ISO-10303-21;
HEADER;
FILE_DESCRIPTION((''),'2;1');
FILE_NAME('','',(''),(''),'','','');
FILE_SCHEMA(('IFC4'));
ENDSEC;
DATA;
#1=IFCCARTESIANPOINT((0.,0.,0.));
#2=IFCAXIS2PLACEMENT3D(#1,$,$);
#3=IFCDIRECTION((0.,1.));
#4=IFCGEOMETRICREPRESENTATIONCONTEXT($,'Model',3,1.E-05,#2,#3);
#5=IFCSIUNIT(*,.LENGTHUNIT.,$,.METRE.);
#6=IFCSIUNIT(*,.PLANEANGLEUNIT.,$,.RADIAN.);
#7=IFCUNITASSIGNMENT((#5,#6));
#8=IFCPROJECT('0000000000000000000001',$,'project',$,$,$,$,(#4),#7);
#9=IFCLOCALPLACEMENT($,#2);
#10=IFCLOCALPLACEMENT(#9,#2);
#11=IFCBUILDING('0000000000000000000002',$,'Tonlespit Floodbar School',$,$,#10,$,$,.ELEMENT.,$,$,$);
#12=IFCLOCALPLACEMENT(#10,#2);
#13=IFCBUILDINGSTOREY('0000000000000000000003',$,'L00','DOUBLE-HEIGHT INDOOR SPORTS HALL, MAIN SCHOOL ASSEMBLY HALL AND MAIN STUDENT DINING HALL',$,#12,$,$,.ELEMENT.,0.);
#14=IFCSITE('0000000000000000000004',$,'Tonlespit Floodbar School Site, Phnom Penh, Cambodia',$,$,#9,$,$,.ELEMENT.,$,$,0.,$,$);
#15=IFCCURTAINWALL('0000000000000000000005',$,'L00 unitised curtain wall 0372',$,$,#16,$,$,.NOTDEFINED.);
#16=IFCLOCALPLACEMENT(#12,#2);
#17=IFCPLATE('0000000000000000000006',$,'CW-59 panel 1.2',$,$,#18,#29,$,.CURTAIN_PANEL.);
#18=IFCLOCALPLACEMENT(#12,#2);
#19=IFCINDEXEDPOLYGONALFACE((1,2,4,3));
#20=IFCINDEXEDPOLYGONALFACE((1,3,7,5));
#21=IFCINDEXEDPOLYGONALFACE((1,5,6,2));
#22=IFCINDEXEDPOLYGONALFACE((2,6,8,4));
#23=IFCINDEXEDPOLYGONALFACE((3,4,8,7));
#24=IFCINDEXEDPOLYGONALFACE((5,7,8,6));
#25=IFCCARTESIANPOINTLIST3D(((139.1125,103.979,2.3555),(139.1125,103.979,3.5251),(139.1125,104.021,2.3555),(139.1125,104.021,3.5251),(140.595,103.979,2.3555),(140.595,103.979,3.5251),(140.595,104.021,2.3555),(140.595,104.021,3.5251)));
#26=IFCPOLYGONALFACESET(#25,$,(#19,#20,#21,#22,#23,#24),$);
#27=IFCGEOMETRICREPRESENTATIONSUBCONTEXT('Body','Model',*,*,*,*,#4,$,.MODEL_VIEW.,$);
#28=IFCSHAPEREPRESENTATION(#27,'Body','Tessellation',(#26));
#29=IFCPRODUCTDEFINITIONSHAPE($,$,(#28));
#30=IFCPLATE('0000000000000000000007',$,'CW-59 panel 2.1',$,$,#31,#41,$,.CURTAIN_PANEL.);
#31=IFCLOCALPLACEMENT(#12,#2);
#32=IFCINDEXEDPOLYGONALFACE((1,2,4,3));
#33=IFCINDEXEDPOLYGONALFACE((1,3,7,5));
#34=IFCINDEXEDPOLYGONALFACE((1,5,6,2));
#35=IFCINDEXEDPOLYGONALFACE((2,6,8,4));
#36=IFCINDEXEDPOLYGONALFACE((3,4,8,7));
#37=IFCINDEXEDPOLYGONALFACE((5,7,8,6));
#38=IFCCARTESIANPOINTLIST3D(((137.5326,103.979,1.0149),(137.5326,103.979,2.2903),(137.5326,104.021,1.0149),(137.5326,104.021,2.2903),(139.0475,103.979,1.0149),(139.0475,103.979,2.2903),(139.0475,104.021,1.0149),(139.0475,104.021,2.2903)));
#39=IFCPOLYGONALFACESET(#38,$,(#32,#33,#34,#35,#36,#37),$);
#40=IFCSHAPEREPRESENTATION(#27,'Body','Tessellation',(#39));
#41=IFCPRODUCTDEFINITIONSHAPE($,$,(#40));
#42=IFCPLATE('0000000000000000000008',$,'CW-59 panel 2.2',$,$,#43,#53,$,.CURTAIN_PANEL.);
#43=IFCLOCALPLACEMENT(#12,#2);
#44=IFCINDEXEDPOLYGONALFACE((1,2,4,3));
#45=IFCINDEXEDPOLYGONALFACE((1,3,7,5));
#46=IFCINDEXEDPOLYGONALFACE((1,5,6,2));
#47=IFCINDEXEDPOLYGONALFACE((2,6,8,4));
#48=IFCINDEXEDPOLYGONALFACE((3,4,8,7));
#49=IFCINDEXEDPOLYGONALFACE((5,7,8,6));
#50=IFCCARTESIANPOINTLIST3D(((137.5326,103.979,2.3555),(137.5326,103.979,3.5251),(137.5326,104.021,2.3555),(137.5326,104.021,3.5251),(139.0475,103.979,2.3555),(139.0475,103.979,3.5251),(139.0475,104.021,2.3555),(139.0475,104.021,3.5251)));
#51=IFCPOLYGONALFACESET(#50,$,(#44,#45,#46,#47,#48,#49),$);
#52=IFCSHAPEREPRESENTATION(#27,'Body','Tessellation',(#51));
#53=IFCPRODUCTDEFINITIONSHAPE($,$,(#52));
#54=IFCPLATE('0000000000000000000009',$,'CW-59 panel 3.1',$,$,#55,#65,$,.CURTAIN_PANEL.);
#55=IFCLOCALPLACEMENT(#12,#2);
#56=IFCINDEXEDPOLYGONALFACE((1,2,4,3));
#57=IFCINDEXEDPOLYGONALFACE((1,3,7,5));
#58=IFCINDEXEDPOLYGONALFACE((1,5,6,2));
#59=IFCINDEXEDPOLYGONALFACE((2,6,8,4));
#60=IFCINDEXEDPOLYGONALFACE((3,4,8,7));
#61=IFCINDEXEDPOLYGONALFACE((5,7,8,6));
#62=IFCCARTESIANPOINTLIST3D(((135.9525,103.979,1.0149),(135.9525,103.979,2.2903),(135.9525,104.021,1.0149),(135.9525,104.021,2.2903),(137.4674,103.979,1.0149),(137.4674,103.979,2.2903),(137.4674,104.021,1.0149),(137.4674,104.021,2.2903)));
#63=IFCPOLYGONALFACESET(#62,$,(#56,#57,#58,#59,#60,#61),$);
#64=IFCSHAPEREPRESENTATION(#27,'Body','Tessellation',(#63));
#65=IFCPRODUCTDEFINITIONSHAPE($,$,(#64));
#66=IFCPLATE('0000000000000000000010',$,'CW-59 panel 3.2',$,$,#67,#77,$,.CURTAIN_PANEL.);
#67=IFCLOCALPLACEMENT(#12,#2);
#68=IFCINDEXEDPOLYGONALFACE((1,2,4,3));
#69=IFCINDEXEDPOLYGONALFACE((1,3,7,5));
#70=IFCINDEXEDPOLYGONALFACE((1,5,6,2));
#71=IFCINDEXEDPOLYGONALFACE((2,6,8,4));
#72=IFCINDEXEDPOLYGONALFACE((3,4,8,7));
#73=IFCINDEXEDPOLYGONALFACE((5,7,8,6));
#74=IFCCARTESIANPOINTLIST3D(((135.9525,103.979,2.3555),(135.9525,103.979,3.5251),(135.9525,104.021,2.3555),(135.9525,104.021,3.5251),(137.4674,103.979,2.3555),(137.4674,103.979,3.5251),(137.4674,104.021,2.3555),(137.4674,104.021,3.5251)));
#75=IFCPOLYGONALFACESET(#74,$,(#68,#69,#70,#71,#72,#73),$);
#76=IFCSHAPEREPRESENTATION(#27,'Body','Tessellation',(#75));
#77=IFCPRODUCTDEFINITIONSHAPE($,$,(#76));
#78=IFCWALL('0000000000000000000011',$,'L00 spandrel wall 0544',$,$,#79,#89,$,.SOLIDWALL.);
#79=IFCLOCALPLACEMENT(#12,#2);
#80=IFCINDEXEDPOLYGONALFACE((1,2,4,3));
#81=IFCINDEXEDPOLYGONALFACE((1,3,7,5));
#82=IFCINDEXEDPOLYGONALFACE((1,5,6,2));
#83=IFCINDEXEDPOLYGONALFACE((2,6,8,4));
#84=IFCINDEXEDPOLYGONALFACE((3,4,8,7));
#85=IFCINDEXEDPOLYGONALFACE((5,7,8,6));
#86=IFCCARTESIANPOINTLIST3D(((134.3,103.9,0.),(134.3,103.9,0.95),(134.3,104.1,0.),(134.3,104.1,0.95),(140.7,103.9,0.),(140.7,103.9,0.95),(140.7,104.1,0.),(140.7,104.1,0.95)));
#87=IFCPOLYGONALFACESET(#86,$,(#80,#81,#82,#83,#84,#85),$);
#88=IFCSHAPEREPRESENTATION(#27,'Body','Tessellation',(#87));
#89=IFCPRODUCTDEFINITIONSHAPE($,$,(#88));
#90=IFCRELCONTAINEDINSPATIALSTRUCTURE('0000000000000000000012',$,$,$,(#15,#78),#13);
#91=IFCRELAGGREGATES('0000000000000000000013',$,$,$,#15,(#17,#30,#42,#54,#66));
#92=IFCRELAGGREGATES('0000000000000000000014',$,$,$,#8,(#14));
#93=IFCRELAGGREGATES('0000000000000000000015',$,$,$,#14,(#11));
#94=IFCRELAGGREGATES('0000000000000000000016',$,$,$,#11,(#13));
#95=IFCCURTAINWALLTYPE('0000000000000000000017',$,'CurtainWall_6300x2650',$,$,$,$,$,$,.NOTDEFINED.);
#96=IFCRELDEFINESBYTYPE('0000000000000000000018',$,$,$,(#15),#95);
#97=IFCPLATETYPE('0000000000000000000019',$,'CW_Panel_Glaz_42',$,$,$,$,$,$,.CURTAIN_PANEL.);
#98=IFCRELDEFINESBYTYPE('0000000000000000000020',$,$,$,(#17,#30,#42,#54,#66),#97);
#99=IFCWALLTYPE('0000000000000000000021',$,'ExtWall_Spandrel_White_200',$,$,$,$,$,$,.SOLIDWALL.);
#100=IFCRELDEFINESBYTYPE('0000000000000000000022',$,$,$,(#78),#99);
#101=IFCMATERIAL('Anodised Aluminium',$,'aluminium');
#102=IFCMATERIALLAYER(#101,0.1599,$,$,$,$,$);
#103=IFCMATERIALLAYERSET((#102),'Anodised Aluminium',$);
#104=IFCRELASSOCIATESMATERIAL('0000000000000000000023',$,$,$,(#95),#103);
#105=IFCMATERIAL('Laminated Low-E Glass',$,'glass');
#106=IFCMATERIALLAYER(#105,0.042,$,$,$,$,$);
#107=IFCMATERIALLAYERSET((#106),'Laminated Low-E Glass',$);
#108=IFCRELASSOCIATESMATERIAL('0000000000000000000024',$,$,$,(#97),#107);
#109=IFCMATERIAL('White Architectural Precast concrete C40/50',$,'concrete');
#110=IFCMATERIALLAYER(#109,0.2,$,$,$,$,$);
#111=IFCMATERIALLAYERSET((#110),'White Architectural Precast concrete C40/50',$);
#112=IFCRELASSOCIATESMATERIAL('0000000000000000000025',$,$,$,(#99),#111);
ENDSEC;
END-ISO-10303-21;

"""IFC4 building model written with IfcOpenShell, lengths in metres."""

from ifc_helpers import new_model, si_unit, direction, frame, frame_2d, origin, origin_2d, place, context, subcontext, project, spatial, rectangle, extrude, material, layer, layer_set, type_object, element, aggregate, save


model = new_model("IFC4")

# Units and contexts
model_context = context("Model", 3, precision=1e-05, world=origin(), true_north=direction((0.0, 1.0)))
body_context = subcontext(model_context, "Body", "Model", "MODEL_VIEW")
ifc_project = project(units=[si_unit("LENGTHUNIT", "METRE"), si_unit("PLANEANGLEUNIT", "RADIAN")], contexts=[model_context])

# Site, building, storey
site_placement = place(None, origin())
site = spatial("IfcSite", under=ifc_project, at=site_placement, Name="Tonlespit Floodbar School Site, Phnom Penh, Cambodia", CompositionType="ELEMENT", RefElevation=0.0)
building_placement = place(site_placement, origin())
building = spatial("IfcBuilding", under=site, at=building_placement, Name="Tonlespit Floodbar School", CompositionType="ELEMENT")
storey_placement = place(building_placement, origin())
storey = spatial("IfcBuildingStorey", under=building, at=storey_placement, Name="L00", Description="DOUBLE-HEIGHT INDOOR SPORTS HALL, MAIN SCHOOL ASSEMBLY HALL AND MAIN STUDENT DINING HALL", CompositionType="ELEMENT", Elevation=0.0)

# Curtain wall
ifc_material_1 = material(Name="Anodised Aluminium", Category="aluminium")
ifc_layer_1 = layer(ifc_material_1, 0.1599)
ifc_layer_set_1 = layer_set([ifc_layer_1], Name="Anodised Aluminium")
curtain_wall_type = type_object("IfcCurtainWallType", Name="CurtainWall_6300x2650", PredefinedType="NOTDEFINED", material=ifc_layer_set_1)
curtain_wall_1_placement = place(storey_placement, origin())
curtain_wall_1 = element("IfcCurtainWall", 1, at=curtain_wall_1_placement, inside=storey, type_object=curtain_wall_type, Name="L00 unitised curtain wall 0372", PredefinedType="NOTDEFINED")

# Plates
ifc_material_2 = material(Name="Laminated Low-E Glass", Category="glass")
ifc_layer_2 = layer(ifc_material_2, 0.042)
ifc_layer_set_2 = layer_set([ifc_layer_2], Name="Laminated Low-E Glass")
plate_type_1 = type_object("IfcPlateType", Name="CW_Panel_Glaz_42", PredefinedType="CURTAIN_PANEL", material=ifc_layer_set_2)
plate_1_placement = place(storey_placement, frame((139.8538, 104.0, 2.3555), z_axis=(0.0, 0.0, 1.0), x_axis=(-1.0, 0.0, 0.0)))
plate_1 = element("IfcPlate", 2, at=plate_1_placement, type_object=plate_type_1, Name="CW-59 panel 1.2", PredefinedType="CURTAIN_PANEL", context=body_context, shape_type="SweptSolid", body=[
    extrude(rectangle(XDim=1.4824, YDim=0.042, at=origin_2d()), origin(), (0.0, 0.0, 1.0), 1.1697),
])
plate_2_placement = place(storey_placement, frame((138.29, 104.0, 1.0149), z_axis=(0.0, 0.0, 1.0), x_axis=(-1.0, 0.0, 0.0)))
plate_2 = element("IfcPlate", 3, at=plate_2_placement, type_object=plate_type_1, Name="CW-59 panel 2.1", PredefinedType="CURTAIN_PANEL", context=body_context, shape_type="SweptSolid", body=[
    extrude(rectangle(XDim=1.5149, YDim=0.042, at=origin_2d()), origin(), (0.0, 0.0, 1.0), 1.2754),
])
plate_3_placement = place(storey_placement, frame((138.29, 104.0, 2.3555), z_axis=(0.0, 0.0, 1.0), x_axis=(-1.0, 0.0, 0.0)))
plate_3 = element("IfcPlate", 4, at=plate_3_placement, type_object=plate_type_1, Name="CW-59 panel 2.2", PredefinedType="CURTAIN_PANEL", context=body_context, shape_type="SweptSolid", body=[
    extrude(rectangle(XDim=1.5149, YDim=0.042, at=origin_2d()), origin(), (0.0, 0.0, 1.0), 1.1697),
])
plate_4_placement = place(storey_placement, frame((136.71, 104.0, 1.0149), z_axis=(0.0, 0.0, 1.0), x_axis=(-1.0, 0.0, 0.0)))
plate_4 = element("IfcPlate", 5, at=plate_4_placement, type_object=plate_type_1, Name="CW-59 panel 3.1", PredefinedType="CURTAIN_PANEL", context=body_context, shape_type="SweptSolid", body=[
    extrude(rectangle(XDim=1.5149, YDim=0.042, at=origin_2d()), origin(), (0.0, 0.0, 1.0), 1.2754),
])
plate_5_placement = place(storey_placement, frame((136.71, 104.0, 2.3555), z_axis=(0.0, 0.0, 1.0), x_axis=(-1.0, 0.0, 0.0)))
plate_5 = element("IfcPlate", 6, at=plate_5_placement, type_object=plate_type_1, Name="CW-59 panel 3.2", PredefinedType="CURTAIN_PANEL", context=body_context, shape_type="SweptSolid", body=[
    extrude(rectangle(XDim=1.5149, YDim=0.042, at=origin_2d()), origin(), (0.0, 0.0, 1.0), 1.1697),
])
aggregate(curtain_wall_1, [plate_1, plate_2, plate_3, plate_4, plate_5])

# Wall
ifc_material_3 = material(Name="White Architectural Precast concrete C40/50", Category="concrete")
ifc_layer_3 = layer(ifc_material_3, 0.2)
ifc_layer_set_3 = layer_set([ifc_layer_3], Name="White Architectural Precast concrete C40/50")
wall_type = type_object("IfcWallType", Name="ExtWall_Spandrel_White_200", PredefinedType="SOLIDWALL", material=ifc_layer_set_3)
wall_placement = place(storey_placement, frame((140.7, 104.0, 0.0), z_axis=(0.0, 0.0, 1.0), x_axis=(-1.0, 0.0, 0.0)))
element("IfcWall", 7, at=wall_placement, inside=storey, type_object=wall_type, Name="L00 spandrel wall 0544", PredefinedType="SOLIDWALL", context=body_context, shape_type="SweptSolid", body=[
    extrude(rectangle(XDim=6.3999, YDim=0.2, at=frame_2d((3.2, 0.0))), origin(), (0.0, 0.0, 1.0), 0.95),
])

save(model, "model.ifc")
